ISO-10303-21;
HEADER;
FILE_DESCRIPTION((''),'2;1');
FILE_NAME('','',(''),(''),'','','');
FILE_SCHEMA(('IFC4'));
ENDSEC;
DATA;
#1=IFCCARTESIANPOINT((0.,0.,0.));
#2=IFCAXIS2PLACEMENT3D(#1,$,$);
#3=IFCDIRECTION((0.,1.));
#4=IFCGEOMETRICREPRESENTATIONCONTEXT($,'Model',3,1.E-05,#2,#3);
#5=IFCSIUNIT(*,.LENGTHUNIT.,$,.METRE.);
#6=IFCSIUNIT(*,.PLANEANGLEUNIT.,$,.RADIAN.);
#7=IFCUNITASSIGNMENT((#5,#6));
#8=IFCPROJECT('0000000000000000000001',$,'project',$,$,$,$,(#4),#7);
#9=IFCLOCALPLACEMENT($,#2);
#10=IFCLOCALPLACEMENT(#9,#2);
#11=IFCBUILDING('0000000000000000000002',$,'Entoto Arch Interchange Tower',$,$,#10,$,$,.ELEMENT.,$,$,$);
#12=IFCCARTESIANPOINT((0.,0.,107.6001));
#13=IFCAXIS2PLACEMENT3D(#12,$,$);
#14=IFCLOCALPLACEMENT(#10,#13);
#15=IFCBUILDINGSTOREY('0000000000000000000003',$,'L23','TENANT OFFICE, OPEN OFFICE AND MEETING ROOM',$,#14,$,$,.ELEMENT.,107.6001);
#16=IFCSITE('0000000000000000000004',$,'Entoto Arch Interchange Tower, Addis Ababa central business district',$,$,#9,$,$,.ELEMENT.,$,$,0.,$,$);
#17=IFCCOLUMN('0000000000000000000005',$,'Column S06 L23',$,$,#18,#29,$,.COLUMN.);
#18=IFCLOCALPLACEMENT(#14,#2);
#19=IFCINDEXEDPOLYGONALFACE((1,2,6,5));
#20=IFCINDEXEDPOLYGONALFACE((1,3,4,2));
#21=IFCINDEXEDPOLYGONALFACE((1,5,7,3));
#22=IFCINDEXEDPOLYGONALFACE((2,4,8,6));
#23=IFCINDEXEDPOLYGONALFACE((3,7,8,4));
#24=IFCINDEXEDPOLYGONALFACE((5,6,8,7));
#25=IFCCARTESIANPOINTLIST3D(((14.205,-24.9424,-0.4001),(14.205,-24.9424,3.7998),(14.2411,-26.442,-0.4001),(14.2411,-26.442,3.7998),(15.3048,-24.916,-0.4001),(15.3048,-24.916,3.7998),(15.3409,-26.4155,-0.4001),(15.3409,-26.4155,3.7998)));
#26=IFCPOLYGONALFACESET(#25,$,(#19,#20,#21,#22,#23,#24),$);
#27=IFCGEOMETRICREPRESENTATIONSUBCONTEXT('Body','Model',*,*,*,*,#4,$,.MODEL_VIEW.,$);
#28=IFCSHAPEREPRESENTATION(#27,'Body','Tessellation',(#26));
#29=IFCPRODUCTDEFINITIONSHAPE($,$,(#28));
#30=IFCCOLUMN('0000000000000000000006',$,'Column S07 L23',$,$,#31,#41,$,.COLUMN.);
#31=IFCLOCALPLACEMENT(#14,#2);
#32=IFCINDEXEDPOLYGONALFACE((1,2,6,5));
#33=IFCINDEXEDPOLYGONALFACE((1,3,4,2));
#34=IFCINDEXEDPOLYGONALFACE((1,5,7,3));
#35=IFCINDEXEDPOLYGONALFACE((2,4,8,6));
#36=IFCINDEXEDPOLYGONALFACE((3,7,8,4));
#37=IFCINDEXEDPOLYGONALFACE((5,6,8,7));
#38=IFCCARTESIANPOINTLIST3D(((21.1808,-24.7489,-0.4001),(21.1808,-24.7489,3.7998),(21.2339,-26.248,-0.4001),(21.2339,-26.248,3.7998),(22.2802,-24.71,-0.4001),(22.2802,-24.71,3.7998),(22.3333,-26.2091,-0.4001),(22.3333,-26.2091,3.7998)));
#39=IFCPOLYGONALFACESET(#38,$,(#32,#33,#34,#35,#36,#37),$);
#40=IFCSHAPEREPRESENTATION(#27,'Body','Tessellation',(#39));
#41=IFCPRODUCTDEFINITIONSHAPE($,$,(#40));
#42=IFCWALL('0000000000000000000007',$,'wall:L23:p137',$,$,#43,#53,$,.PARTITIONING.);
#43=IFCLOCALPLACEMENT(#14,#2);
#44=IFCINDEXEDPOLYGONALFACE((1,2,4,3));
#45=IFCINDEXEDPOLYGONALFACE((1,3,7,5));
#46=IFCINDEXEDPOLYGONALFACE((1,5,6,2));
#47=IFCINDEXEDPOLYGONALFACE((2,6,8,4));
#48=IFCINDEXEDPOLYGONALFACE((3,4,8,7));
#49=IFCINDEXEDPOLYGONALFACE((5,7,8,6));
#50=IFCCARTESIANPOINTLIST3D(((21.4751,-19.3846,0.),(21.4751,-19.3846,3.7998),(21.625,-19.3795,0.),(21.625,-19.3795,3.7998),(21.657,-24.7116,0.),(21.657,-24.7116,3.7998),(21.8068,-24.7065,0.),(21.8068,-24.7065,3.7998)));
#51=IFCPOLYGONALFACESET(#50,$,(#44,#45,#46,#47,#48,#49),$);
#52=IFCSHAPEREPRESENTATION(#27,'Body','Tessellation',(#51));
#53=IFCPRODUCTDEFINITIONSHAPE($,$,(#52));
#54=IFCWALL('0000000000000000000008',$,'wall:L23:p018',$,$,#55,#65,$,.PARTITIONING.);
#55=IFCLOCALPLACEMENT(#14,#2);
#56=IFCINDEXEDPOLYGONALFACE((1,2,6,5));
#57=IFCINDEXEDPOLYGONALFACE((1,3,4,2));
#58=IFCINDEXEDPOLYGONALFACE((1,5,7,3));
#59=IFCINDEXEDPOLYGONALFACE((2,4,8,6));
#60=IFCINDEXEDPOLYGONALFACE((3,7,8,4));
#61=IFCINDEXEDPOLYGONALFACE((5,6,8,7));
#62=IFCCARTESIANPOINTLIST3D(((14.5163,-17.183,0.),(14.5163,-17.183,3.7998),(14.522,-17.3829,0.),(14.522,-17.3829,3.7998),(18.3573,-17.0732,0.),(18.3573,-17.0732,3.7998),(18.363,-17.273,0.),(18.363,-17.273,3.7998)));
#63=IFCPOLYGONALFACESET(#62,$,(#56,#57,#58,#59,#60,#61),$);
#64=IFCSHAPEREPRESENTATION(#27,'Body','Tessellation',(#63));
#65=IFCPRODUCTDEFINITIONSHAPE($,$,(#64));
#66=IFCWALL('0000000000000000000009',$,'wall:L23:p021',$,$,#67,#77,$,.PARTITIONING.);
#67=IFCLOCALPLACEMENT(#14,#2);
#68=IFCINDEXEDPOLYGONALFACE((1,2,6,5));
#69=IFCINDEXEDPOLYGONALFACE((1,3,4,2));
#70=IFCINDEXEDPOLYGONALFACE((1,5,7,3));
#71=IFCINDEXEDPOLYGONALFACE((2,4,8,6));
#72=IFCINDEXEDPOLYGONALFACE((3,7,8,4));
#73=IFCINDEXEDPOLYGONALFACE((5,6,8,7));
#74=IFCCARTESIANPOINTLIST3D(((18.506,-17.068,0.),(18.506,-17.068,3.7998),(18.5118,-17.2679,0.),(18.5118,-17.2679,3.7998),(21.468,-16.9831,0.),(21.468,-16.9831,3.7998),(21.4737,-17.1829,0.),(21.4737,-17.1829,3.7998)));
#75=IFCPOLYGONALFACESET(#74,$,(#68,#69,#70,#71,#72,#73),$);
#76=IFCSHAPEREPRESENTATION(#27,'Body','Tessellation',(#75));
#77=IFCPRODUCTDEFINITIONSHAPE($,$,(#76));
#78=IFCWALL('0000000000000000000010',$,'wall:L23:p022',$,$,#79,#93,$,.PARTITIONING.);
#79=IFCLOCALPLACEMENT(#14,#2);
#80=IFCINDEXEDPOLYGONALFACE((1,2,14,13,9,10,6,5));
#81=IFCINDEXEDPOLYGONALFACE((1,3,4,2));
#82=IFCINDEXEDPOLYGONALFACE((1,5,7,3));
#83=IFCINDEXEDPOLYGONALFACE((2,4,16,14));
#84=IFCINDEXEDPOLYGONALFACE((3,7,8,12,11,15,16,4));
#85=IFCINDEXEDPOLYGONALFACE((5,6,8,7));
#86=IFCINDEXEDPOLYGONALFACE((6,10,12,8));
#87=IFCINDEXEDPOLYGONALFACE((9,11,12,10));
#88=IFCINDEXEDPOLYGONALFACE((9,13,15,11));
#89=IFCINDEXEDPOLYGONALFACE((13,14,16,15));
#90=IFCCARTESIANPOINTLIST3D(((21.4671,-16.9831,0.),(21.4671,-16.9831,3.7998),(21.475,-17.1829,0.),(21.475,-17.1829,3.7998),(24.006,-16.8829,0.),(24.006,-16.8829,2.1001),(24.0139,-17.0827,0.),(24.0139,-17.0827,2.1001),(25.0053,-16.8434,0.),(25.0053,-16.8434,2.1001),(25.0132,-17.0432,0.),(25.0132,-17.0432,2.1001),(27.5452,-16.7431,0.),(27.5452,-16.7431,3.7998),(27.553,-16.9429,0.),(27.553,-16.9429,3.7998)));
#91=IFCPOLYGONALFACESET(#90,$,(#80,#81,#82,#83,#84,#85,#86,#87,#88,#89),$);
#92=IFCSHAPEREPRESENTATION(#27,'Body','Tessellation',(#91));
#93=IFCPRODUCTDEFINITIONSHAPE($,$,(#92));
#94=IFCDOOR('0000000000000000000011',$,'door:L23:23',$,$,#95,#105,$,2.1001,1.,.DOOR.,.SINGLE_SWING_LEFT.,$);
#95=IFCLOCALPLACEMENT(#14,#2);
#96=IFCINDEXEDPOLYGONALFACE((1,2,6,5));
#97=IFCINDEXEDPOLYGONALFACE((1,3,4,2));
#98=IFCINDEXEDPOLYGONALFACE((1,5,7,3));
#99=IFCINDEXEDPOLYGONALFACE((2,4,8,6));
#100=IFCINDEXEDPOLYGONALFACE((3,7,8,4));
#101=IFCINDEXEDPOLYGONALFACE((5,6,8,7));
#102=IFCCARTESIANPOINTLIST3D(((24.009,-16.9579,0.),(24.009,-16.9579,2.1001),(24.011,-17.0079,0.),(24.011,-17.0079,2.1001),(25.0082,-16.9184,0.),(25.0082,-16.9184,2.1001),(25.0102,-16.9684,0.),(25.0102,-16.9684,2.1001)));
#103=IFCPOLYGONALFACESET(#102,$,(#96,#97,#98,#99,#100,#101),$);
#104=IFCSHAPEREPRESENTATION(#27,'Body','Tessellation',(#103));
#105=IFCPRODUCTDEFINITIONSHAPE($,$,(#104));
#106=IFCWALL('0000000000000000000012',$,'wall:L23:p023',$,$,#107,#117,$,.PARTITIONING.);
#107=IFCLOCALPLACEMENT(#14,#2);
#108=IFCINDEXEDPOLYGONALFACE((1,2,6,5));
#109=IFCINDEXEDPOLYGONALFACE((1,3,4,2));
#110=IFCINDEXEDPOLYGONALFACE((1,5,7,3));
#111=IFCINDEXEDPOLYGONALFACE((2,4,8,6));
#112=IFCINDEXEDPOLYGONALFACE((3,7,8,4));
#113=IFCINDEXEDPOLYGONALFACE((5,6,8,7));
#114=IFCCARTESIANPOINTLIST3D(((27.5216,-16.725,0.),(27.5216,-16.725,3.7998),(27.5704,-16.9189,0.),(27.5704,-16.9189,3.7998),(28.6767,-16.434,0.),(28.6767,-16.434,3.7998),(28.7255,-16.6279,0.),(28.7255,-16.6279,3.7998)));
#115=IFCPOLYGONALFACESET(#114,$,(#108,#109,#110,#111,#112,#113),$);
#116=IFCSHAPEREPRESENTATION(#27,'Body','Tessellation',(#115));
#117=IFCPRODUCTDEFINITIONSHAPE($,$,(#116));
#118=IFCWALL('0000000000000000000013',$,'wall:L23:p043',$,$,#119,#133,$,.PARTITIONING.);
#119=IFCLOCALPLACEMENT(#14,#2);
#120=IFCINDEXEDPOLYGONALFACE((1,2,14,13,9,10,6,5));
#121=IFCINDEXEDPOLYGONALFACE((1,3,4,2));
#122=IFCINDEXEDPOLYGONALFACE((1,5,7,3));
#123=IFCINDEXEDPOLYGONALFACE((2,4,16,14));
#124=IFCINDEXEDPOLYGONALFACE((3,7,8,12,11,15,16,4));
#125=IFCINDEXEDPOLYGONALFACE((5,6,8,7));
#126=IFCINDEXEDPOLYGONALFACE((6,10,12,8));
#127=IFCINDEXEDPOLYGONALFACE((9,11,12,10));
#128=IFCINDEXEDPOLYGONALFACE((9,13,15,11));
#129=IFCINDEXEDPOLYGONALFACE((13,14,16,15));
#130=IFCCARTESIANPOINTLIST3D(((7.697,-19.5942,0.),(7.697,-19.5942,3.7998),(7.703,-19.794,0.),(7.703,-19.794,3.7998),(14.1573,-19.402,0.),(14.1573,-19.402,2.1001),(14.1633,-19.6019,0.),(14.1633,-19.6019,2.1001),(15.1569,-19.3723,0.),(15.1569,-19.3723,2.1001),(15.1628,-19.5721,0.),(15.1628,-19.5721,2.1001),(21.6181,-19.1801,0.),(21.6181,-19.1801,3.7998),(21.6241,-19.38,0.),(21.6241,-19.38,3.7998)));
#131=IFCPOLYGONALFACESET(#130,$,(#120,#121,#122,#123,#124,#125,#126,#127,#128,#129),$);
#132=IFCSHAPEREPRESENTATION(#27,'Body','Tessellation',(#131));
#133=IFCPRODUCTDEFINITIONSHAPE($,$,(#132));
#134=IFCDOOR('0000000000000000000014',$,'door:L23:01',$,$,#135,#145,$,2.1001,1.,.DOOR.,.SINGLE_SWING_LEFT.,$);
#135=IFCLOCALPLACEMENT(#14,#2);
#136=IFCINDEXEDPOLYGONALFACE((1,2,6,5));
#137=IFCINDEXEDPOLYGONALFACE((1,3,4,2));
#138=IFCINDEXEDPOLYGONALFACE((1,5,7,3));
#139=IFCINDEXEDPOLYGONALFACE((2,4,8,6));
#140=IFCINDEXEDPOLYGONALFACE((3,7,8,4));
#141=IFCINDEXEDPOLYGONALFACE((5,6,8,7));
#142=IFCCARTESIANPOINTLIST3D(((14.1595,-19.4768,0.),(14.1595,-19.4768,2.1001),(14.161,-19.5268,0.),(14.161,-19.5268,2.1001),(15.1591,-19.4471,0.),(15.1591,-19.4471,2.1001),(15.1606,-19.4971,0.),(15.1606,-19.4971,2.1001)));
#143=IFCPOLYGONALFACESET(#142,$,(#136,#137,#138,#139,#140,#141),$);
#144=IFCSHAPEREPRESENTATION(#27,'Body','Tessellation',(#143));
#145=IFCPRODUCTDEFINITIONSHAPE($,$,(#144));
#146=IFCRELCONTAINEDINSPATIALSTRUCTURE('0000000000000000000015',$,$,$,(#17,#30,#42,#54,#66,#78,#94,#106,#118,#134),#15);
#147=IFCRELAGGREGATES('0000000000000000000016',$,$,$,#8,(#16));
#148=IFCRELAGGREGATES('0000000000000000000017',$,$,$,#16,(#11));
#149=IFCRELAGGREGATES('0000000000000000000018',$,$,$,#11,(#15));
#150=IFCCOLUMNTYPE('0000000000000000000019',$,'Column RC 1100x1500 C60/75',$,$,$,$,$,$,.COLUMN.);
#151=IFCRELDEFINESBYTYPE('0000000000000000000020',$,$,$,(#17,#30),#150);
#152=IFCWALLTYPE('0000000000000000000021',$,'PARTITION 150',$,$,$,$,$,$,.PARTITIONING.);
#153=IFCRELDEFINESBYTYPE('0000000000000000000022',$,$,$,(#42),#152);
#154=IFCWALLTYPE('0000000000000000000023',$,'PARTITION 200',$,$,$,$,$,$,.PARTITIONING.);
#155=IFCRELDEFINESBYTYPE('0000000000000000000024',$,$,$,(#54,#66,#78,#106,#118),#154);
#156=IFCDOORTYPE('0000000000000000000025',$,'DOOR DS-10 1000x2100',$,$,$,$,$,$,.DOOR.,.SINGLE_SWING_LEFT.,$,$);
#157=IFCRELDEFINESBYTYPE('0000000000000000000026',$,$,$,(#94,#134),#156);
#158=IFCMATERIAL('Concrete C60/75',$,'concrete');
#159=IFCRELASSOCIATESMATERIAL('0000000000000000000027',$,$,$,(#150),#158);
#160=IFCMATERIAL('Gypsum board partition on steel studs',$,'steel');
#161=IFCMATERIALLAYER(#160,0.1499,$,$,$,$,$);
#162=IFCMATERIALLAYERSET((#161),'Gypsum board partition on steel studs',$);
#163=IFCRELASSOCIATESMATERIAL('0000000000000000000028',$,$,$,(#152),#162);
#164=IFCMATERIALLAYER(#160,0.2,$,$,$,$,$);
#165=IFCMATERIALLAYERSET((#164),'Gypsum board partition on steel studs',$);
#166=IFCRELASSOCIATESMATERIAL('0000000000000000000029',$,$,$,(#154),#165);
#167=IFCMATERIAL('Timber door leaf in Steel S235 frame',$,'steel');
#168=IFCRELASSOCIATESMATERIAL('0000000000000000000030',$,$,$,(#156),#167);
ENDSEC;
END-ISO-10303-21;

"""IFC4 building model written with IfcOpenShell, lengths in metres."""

from ifc_helpers import new_model, si_unit, direction, frame, frame_2d, origin, origin_2d, place, context, subcontext, project, spatial, rectangle, extrude, material, layer, layer_set, material_profile, profile_set, type_object, element, fill, save


model = new_model("IFC4")

# Units and contexts
model_context = context("Model", 3, precision=1e-05, world=origin(), true_north=direction((0.0, 1.0)))
body_context = subcontext(model_context, "Body", "Model", "MODEL_VIEW")
ifc_project = project(units=[si_unit("LENGTHUNIT", "METRE"), si_unit("PLANEANGLEUNIT", "RADIAN")], contexts=[model_context])

# Site, building, storey
site_placement = place(None, origin())
site = spatial("IfcSite", under=ifc_project, at=site_placement, Name="Entoto Arch Interchange Tower, Addis Ababa central business district", CompositionType="ELEMENT", RefElevation=0.0)
building_placement = place(site_placement, origin())
building = spatial("IfcBuilding", under=site, at=building_placement, Name="Entoto Arch Interchange Tower", CompositionType="ELEMENT")
storey_placement = place(building_placement, frame((0.0, 0.0, 107.6001)))
storey = spatial("IfcBuildingStorey", under=building, at=storey_placement, Name="L23", Description="TENANT OFFICE, OPEN OFFICE AND MEETING ROOM", CompositionType="ELEMENT", Elevation=107.6001)

# Columns
ifc_material_1 = material(Name="Concrete C60/75", Category="concrete")
ifc_material_profile_1 = material_profile(ifc_material_1, rectangle(XDim=1.1001, YDim=1.5, at=origin_2d()))
ifc_profile_set_1 = profile_set([ifc_material_profile_1], Name="Concrete C60/75")
column_type = type_object("IfcColumnType", Name="Column RC 1100x1500 C60/75", PredefinedType="COLUMN", material=ifc_profile_set_1)
for number, where, z_axis, x_axis, name in (
    (1, (14.7729, -25.679, -0.4001), (0.0, 0.0, 1.0), (0.999711, 0.024031, 0.0), "Column S06 L23"),
    (2, (21.7571, -25.479, -0.4001), (0.0, 0.0, 1.0), (0.999374, 0.035388, 0.0), "Column S07 L23"),
):
    element("IfcColumn", number, at=place(storey_placement, frame(where, z_axis=z_axis, x_axis=x_axis)), inside=storey, type_object=column_type, Name=name, PredefinedType="COLUMN", context=body_context, shape_type="SweptSolid", body=[
        extrude(rectangle(XDim=1.1001, YDim=1.5, at=origin_2d()), origin(), (0.0, 0.0, 1.0), 4.2),
    ])

# Walls
ifc_material_2 = material(Name="Gypsum board partition on steel studs", Category="steel")
ifc_layer_1 = layer(ifc_material_2, 0.1499)
ifc_layer_set_1 = layer_set([ifc_layer_1], Name="Gypsum board partition on steel studs")
wall_type_1 = type_object("IfcWallType", Name="PARTITION 150", PredefinedType="PARTITIONING", material=ifc_layer_set_1)
wall_1_placement = place(storey_placement, frame((21.55, -19.3821, 0.0), z_axis=(0.0, 0.0, 1.0), x_axis=(0.034125, -0.999418, 0.0)))
element("IfcWall", 3, at=wall_1_placement, inside=storey, type_object=wall_type_1, Name="wall:L23:p137", PredefinedType="PARTITIONING", context=body_context, shape_type="SweptSolid", body=[
    extrude(rectangle(XDim=5.3301, YDim=0.1499, at=frame_2d((2.665, 0.0))), origin(), (0.0, 0.0, 1.0), 3.7998),
])
ifc_layer_2 = layer(ifc_material_2, 0.2)
ifc_layer_set_2 = layer_set([ifc_layer_2], Name="Gypsum board partition on steel studs")
wall_type_2 = type_object("IfcWallType", Name="PARTITION 200", PredefinedType="PARTITIONING", material=ifc_layer_set_2)
wall_2_placement = place(storey_placement, frame((14.519, -17.283, 0.0), z_axis=(0.0, 0.0, 1.0), x_axis=(0.999591, 0.028591, 0.0)))
element("IfcWall", 4, at=wall_2_placement, inside=storey, type_object=wall_type_2, Name="wall:L23:p018", PredefinedType="PARTITIONING", context=body_context, shape_type="SweptSolid", body=[
    extrude(rectangle(XDim=3.8425, YDim=0.2, at=frame_2d((1.9214, 0.0))), origin(), (0.0, 0.0, 1.0), 3.7998),
])
wall_3_placement = place(storey_placement, frame((18.509, -17.168, 0.0), z_axis=(0.0, 0.0, 1.0), x_axis=(0.999589, 0.028673, 0.0)))
element("IfcWall", 5, at=wall_3_placement, inside=storey, type_object=wall_type_2, Name="wall:L23:p021", PredefinedType="PARTITIONING", context=body_context, shape_type="SweptSolid", body=[
    extrude(rectangle(XDim=2.9631, YDim=0.2, at=frame_2d((1.4814, 0.0))), origin(), (0.0, 0.0, 1.0), 3.7998),
])

# Wall, opening, door
wall_4_placement = place(storey_placement, frame((21.4709, -17.083, 0.0), z_axis=(0.0, 0.0, 1.0), x_axis=(0.999221, 0.039454, 0.0)))
wall_4 = element("IfcWall", 6, at=wall_4_placement, inside=storey, type_object=wall_type_2, Name="wall:L23:p022", PredefinedType="PARTITIONING", context=body_context, shape_type="SweptSolid", body=[
    extrude(rectangle(XDim=6.0828, YDim=0.2, at=frame_2d((3.0415, 0.0))), origin(), (0.0, 0.0, 1.0), 3.7998),
])
opening_1_placement = place(wall_4_placement, frame((2.541, 0.0, 0.0)))
opening_1 = element("IfcOpeningElement", 7, at=opening_1_placement, cuts=wall_4, PredefinedType="OPENING", context=body_context, shape_type="SweptSolid", body=[
    extrude(rectangle(XDim=1.0, YDim=2.1001, at=frame_2d((0.5, 1.05))), frame((0.0, 0.1099, 0.0), z_axis=(0.0, -1.0, 0.0), x_axis=(1.0, 0.0, 0.0)), (0.0, 0.0, 1.0), 0.22),
])
ifc_material_3 = material(Name="Timber door leaf in Steel S235 frame", Category="steel")
door_type = type_object("IfcDoorType", Name="DOOR DS-10 1000x2100", OperationType="SINGLE_SWING_LEFT", PredefinedType="DOOR", material=ifc_material_3)
door_1_placement = place(opening_1_placement, origin())
door_1 = element("IfcDoor", 8, at=door_1_placement, inside=storey, type_object=door_type, Name="door:L23:23", OperationType="SINGLE_SWING_LEFT", OverallHeight=2.1001, OverallWidth=1.0, PredefinedType="DOOR", context=body_context, shape_type="SweptSolid", body=[
    extrude(rectangle(XDim=1.0, YDim=2.1001, at=frame_2d((0.5, 1.05))), frame((0.0, 0.0249, 0.0), z_axis=(0.0, -1.0, 0.0), x_axis=(1.0, 0.0, 0.0)), (0.0, 0.0, 1.0), 0.05),
])
fill(opening_1, door_1)

# Wall
wall_5_placement = place(storey_placement, frame((27.5459, -16.822, 0.0), z_axis=(0.0, 0.0, 1.0), x_axis=(0.969695, 0.24432, 0.0)))
element("IfcWall", 9, at=wall_5_placement, inside=storey, type_object=wall_type_2, Name="wall:L23:p023", PredefinedType="PARTITIONING", context=body_context, shape_type="SweptSolid", body=[
    extrude(rectangle(XDim=1.1912, YDim=0.2, at=frame_2d((0.5957, 0.0))), origin(), (0.0, 0.0, 1.0), 3.7998),
])

# Wall, opening, door
wall_6_placement = place(storey_placement, frame((21.6211, -19.28, 0.0), z_axis=(0.0, 0.0, 1.0), x_axis=(-0.999558, -0.02973, 0.0)))
wall_6 = element("IfcWall", 10, at=wall_6_placement, inside=storey, type_object=wall_type_2, Name="wall:L23:p043", PredefinedType="PARTITIONING", context=body_context, shape_type="SweptSolid", body=[
    extrude(rectangle(XDim=13.9272, YDim=0.2, at=frame_2d((6.9636, 0.0))), origin(), (0.0, 0.0, 1.0), 3.7998),
])
opening_2_placement = place(wall_6_placement, frame((6.4641, 0.0, 0.0)))
opening_2 = element("IfcOpeningElement", 11, at=opening_2_placement, cuts=wall_6, PredefinedType="OPENING", context=body_context, shape_type="SweptSolid", body=[
    extrude(rectangle(XDim=1.0, YDim=2.1001, at=frame_2d((0.5, 1.05))), frame((0.0, 0.1099, 0.0), z_axis=(0.0, -1.0, 0.0), x_axis=(1.0, 0.0, 0.0)), (0.0, 0.0, 1.0), 0.22),
])
door_2_placement = place(opening_2_placement, origin())
door_2 = element("IfcDoor", 12, at=door_2_placement, inside=storey, type_object=door_type, Name="door:L23:01", OperationType="SINGLE_SWING_LEFT", OverallHeight=2.1001, OverallWidth=1.0, PredefinedType="DOOR", context=body_context, shape_type="SweptSolid", body=[
    extrude(rectangle(XDim=1.0, YDim=2.1001, at=frame_2d((0.5, 1.05))), frame((0.0, 0.0249, 0.0), z_axis=(0.0, -1.0, 0.0), x_axis=(1.0, 0.0, 0.0)), (0.0, 0.0, 1.0), 0.05),
])
fill(opening_2, door_2)

save(model, "model.ifc")
